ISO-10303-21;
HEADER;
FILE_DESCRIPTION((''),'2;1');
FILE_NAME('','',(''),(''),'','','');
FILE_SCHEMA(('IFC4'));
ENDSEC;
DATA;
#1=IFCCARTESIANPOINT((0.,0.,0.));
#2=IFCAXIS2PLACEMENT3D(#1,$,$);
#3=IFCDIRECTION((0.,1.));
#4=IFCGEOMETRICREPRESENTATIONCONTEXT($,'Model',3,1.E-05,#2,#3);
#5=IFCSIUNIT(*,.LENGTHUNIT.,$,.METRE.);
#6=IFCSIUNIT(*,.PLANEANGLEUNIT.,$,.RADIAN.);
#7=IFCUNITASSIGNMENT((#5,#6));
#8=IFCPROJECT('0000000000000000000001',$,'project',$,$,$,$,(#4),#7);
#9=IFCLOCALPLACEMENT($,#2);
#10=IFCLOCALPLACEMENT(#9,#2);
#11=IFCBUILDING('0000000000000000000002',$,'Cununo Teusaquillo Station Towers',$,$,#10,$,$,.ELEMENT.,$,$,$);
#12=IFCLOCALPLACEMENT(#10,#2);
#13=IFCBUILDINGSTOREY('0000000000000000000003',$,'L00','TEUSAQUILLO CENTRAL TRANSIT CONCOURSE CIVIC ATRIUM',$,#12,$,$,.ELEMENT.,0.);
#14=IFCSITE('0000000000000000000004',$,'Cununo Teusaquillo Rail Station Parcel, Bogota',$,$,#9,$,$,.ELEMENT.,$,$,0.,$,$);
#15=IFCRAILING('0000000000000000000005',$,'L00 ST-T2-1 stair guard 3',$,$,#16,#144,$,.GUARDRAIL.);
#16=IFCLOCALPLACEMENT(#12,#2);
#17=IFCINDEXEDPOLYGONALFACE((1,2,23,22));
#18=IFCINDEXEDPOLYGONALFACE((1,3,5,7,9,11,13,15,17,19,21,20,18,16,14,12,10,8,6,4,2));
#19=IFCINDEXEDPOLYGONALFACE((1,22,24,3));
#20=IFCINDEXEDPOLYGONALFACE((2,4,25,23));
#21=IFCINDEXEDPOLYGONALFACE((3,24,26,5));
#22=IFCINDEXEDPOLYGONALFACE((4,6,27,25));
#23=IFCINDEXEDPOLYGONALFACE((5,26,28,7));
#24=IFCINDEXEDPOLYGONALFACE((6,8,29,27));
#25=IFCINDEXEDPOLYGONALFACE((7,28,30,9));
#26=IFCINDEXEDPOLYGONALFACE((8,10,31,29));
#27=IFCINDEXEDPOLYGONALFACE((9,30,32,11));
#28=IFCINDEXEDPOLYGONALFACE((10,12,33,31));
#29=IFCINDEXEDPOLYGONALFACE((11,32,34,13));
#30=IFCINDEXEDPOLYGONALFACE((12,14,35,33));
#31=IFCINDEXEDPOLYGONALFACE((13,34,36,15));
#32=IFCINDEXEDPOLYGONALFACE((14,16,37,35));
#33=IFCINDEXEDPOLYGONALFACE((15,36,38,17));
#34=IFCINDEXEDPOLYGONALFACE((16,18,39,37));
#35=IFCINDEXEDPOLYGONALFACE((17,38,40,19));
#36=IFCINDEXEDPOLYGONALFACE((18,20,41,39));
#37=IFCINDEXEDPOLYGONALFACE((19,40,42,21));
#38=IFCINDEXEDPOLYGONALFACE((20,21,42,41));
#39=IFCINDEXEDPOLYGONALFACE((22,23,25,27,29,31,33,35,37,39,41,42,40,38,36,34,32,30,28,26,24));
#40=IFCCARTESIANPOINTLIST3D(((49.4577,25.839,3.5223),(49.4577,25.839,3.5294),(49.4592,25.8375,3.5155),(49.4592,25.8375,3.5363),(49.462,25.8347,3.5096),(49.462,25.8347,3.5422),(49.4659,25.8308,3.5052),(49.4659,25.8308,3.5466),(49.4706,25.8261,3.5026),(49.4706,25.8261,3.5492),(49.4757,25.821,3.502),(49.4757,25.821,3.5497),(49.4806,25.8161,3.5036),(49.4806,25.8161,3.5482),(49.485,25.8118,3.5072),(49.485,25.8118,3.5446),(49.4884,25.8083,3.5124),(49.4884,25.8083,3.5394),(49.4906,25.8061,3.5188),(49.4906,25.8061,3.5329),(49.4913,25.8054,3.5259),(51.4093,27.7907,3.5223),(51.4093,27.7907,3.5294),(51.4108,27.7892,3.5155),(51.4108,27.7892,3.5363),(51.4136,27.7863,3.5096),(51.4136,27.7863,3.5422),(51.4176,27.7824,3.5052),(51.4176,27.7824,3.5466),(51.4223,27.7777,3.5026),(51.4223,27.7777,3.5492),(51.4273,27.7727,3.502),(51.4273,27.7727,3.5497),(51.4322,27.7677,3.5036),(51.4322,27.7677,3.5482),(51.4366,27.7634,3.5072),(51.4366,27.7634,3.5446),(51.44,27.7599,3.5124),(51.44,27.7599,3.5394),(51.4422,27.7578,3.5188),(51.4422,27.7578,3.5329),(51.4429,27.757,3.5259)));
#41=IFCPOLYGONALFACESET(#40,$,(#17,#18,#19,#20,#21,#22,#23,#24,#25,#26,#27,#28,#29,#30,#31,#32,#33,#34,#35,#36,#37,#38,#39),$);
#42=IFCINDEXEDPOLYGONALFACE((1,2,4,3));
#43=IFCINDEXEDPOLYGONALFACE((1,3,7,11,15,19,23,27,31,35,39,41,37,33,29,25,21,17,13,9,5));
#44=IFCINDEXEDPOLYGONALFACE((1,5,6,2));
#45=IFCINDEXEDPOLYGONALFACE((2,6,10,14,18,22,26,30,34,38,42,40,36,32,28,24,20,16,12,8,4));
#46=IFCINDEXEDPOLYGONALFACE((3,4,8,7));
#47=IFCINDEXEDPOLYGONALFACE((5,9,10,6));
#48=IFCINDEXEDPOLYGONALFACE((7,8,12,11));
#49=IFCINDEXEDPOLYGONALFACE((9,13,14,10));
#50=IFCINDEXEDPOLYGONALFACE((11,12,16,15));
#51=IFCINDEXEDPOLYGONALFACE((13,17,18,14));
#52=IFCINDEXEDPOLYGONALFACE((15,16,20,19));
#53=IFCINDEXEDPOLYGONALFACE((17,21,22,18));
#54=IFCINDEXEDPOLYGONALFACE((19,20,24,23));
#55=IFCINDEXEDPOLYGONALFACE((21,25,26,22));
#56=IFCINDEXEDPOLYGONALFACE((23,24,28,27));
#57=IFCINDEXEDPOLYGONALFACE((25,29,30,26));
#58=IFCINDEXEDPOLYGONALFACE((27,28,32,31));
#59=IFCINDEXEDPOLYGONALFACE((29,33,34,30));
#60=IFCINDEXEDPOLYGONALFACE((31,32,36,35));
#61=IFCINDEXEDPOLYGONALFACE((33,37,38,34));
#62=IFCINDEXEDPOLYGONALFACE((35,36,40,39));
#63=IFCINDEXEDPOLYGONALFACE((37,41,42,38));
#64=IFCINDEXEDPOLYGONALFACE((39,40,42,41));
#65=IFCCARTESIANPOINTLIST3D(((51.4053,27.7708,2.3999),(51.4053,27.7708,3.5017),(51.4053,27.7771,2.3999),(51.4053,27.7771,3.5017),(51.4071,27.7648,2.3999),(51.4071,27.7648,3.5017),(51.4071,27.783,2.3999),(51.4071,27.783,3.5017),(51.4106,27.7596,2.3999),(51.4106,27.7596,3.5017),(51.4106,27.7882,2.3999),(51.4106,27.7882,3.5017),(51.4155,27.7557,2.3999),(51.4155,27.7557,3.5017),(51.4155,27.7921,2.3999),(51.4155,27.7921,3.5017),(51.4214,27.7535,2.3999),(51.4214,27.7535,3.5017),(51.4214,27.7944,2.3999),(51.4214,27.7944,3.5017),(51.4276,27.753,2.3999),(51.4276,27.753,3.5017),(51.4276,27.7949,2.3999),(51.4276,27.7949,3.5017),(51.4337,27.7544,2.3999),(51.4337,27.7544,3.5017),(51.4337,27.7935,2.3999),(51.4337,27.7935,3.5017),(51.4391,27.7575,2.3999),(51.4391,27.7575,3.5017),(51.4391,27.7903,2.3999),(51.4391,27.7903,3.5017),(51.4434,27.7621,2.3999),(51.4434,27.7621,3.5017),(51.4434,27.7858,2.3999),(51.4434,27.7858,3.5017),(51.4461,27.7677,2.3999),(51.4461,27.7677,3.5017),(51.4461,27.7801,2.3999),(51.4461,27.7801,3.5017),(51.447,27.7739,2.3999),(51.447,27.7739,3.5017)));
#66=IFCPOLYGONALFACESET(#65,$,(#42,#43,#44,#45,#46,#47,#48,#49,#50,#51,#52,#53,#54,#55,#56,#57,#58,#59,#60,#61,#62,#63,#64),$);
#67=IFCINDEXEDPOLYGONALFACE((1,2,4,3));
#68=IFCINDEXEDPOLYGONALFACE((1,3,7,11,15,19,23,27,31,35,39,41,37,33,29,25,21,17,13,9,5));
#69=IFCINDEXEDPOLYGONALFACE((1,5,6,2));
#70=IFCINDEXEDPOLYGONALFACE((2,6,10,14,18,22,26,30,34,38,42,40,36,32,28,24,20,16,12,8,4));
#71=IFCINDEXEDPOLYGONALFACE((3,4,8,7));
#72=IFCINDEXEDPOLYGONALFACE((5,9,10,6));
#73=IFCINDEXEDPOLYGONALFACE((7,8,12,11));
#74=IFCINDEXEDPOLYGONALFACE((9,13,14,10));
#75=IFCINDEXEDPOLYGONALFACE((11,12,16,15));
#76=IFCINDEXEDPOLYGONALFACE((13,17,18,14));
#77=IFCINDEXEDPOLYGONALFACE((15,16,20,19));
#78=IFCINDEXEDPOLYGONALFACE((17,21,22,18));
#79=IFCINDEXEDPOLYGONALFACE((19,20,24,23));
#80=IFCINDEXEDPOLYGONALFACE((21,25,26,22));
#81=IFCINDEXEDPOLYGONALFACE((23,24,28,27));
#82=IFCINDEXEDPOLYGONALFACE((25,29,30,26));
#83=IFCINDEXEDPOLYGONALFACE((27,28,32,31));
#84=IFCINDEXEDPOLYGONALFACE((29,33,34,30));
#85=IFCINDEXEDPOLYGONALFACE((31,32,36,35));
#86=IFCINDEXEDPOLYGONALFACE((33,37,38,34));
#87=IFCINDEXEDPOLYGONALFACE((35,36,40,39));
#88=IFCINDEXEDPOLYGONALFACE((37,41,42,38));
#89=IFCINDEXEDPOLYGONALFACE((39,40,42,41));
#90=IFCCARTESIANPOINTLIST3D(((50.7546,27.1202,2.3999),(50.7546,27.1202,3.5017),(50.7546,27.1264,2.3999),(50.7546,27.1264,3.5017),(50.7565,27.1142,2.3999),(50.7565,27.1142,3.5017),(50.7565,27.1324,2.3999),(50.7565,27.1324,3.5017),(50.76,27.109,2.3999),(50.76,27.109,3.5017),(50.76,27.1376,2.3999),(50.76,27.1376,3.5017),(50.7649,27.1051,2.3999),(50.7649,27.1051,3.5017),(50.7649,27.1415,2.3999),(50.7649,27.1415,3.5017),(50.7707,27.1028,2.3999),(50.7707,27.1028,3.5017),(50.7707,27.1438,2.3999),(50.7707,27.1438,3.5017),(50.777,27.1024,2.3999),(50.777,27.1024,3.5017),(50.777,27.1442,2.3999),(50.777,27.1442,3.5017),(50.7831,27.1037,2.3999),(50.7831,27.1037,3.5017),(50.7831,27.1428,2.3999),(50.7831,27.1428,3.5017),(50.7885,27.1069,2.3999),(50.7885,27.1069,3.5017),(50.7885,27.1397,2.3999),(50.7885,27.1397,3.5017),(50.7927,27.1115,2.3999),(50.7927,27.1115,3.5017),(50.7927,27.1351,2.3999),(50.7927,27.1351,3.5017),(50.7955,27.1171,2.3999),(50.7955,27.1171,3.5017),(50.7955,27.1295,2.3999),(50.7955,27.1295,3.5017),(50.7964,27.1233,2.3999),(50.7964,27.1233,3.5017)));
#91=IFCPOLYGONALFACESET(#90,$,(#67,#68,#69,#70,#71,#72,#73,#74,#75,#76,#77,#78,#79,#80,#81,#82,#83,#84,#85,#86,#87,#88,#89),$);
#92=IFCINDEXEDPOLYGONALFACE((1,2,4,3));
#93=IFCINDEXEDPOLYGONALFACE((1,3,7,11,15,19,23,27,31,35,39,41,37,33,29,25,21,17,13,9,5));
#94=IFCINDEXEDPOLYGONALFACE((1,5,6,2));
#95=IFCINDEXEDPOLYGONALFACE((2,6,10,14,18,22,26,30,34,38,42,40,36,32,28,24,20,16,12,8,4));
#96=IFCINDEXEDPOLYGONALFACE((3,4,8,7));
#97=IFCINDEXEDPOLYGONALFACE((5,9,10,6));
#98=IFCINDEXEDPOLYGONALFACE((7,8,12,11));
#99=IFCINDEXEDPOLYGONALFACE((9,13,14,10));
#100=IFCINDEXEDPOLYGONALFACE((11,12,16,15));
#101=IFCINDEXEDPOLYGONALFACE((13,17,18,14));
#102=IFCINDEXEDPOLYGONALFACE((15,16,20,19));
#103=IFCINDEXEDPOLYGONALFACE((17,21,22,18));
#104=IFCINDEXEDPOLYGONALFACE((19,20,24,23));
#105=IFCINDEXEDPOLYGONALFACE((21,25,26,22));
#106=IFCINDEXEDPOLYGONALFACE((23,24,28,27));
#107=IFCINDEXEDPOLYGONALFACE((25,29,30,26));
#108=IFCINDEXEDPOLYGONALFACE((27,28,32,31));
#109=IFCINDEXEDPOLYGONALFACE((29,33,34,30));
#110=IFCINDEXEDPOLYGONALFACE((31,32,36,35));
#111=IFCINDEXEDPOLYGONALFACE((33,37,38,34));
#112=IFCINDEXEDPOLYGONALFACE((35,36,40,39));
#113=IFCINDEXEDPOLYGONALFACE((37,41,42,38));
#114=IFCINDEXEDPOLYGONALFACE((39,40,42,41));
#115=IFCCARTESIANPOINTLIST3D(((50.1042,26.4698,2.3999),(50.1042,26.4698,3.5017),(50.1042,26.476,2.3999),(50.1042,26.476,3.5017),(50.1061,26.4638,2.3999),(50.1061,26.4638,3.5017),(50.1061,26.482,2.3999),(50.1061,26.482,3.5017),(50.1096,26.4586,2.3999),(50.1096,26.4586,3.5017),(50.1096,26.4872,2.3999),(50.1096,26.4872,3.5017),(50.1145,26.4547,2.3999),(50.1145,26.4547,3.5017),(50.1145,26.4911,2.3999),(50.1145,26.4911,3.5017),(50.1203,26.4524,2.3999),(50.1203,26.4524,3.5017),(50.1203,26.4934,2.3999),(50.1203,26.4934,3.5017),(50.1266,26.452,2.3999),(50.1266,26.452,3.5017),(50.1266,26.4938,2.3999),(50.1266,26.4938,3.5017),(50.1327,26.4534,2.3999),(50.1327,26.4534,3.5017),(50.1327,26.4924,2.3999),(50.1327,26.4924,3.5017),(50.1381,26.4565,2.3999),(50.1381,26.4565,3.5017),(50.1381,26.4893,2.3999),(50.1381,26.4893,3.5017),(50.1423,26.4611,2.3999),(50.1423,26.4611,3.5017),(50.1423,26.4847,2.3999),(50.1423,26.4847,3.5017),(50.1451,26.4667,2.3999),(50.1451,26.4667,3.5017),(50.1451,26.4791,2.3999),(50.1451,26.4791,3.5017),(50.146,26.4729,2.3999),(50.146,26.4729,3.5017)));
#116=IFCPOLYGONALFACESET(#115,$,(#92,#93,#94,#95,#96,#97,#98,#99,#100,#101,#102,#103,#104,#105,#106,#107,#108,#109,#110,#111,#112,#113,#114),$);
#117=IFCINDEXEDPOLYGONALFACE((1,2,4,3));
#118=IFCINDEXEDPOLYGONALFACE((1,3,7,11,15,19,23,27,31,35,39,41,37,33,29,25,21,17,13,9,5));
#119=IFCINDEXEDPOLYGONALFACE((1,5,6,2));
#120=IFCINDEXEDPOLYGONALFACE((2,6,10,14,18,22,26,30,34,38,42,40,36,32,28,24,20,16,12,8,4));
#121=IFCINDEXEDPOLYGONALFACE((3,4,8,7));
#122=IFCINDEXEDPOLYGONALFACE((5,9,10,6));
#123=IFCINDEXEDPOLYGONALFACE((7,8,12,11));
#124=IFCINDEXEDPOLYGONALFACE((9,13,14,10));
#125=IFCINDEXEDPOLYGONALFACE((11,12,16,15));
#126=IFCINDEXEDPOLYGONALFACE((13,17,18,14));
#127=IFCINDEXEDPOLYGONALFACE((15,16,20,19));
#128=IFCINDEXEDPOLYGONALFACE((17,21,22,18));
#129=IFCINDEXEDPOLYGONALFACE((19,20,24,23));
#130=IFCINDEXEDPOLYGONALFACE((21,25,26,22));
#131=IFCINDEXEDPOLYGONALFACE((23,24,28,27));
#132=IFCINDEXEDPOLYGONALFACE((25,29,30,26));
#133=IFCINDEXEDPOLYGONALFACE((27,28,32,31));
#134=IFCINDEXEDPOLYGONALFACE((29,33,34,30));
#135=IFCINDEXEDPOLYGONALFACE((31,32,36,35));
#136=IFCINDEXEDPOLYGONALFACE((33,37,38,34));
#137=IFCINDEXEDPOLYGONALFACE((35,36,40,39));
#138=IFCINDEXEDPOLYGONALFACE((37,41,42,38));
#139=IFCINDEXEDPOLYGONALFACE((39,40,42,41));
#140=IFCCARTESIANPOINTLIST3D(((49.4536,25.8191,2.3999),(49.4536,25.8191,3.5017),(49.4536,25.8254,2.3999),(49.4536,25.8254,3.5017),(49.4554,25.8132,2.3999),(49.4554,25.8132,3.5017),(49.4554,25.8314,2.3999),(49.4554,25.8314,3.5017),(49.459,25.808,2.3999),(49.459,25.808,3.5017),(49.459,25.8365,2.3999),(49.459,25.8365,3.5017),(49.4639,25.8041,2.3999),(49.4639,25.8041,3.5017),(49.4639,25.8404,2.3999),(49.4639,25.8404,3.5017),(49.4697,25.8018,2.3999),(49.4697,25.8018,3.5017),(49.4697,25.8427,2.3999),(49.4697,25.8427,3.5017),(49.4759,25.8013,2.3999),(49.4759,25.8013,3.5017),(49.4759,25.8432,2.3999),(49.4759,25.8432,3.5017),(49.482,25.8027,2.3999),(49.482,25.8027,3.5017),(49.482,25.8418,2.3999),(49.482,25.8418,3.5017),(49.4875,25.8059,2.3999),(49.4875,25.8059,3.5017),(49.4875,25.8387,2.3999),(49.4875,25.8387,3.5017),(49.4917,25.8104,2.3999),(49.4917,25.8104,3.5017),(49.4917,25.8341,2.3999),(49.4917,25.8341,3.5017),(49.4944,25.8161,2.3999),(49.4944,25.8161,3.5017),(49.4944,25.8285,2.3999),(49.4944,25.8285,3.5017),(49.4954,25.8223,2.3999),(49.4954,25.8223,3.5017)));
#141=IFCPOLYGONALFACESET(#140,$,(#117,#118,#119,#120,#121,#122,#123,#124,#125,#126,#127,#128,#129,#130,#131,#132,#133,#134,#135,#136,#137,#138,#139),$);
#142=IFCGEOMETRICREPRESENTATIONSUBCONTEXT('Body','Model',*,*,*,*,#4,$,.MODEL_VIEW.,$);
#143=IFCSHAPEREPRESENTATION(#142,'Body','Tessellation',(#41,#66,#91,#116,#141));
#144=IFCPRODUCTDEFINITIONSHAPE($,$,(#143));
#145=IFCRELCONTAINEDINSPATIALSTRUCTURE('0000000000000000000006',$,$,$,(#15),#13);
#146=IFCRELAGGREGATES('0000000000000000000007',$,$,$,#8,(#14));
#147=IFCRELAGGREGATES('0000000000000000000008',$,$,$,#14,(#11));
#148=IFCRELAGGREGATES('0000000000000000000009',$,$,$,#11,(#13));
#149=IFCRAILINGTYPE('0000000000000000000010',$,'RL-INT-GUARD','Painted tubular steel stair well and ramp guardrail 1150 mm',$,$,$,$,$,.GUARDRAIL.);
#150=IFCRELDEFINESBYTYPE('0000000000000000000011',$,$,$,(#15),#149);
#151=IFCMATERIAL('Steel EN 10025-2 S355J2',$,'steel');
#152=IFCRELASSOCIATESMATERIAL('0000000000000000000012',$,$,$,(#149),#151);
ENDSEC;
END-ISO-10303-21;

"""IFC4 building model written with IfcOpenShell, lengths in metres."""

from ifc_helpers import new_model, si_unit, direction, frame, origin, origin_2d, place, context, subcontext, project, spatial, circle, extrude, material, type_object, element, save


model = new_model("IFC4")

# Units and contexts
model_context = context("Model", 3, precision=1e-05, world=origin(), true_north=direction((0.0, 1.0)))
body_context = subcontext(model_context, "Body", "Model", "MODEL_VIEW")
ifc_project = project(units=[si_unit("LENGTHUNIT", "METRE"), si_unit("PLANEANGLEUNIT", "RADIAN")], contexts=[model_context])

# Site, building, storey
site_placement = place(None, origin())
site = spatial("IfcSite", under=ifc_project, at=site_placement, Name="Cununo Teusaquillo Rail Station Parcel, Bogota", CompositionType="ELEMENT", RefElevation=0.0)
building_placement = place(site_placement, origin())
building = spatial("IfcBuilding", under=site, at=building_placement, Name="Cununo Teusaquillo Station Towers", CompositionType="ELEMENT")
storey_placement = place(building_placement, origin())
storey = spatial("IfcBuildingStorey", under=building, at=storey_placement, Name="L00", Description="TEUSAQUILLO CENTRAL TRANSIT CONCOURSE CIVIC ATRIUM", CompositionType="ELEMENT", Elevation=0.0)

# Railing
ifc_material_1 = material(Name="Steel EN 10025-2 S355J2", Category="steel")
railing_type = type_object("IfcRailingType", Name="RL-INT-GUARD", Description="Painted tubular steel stair well and ramp guardrail 1150 mm", PredefinedType="GUARDRAIL", material=ifc_material_1)
railing_1_placement = place(storey_placement, frame((51.426, 27.7739, 2.3999)))
element("IfcRailing", 1, at=railing_1_placement, inside=storey, type_object=railing_type, Name="L00 ST-T2-1 stair guard 3", PredefinedType="GUARDRAIL", context=body_context, shape_type="SweptSolid", body=[
    extrude(circle(Radius=0.0239, at=origin_2d()), frame((0.0, 0.0, 1.126), z_axis=(-0.707107, -0.707107, 0.0), x_axis=(0.707107, -0.707107, 0.0)), (0.0, 0.0, 1.0), 2.76),
    extrude(circle(Radius=0.021, at=origin_2d()), origin(), (0.0, 0.0, 1.0), 1.1018),
    extrude(circle(Radius=0.021, at=origin_2d()), frame((-0.6506, -0.6506, 0.0)), (0.0, 0.0, 1.0), 1.1018),
    extrude(circle(Radius=0.021, at=origin_2d()), frame((-1.301, -1.301, 0.0)), (0.0, 0.0, 1.0), 1.1018),
    extrude(circle(Radius=0.021, at=origin_2d()), frame((-1.9517, -1.9517, 0.0)), (0.0, 0.0, 1.0), 1.1018),
])

save(model, "model.ifc")
